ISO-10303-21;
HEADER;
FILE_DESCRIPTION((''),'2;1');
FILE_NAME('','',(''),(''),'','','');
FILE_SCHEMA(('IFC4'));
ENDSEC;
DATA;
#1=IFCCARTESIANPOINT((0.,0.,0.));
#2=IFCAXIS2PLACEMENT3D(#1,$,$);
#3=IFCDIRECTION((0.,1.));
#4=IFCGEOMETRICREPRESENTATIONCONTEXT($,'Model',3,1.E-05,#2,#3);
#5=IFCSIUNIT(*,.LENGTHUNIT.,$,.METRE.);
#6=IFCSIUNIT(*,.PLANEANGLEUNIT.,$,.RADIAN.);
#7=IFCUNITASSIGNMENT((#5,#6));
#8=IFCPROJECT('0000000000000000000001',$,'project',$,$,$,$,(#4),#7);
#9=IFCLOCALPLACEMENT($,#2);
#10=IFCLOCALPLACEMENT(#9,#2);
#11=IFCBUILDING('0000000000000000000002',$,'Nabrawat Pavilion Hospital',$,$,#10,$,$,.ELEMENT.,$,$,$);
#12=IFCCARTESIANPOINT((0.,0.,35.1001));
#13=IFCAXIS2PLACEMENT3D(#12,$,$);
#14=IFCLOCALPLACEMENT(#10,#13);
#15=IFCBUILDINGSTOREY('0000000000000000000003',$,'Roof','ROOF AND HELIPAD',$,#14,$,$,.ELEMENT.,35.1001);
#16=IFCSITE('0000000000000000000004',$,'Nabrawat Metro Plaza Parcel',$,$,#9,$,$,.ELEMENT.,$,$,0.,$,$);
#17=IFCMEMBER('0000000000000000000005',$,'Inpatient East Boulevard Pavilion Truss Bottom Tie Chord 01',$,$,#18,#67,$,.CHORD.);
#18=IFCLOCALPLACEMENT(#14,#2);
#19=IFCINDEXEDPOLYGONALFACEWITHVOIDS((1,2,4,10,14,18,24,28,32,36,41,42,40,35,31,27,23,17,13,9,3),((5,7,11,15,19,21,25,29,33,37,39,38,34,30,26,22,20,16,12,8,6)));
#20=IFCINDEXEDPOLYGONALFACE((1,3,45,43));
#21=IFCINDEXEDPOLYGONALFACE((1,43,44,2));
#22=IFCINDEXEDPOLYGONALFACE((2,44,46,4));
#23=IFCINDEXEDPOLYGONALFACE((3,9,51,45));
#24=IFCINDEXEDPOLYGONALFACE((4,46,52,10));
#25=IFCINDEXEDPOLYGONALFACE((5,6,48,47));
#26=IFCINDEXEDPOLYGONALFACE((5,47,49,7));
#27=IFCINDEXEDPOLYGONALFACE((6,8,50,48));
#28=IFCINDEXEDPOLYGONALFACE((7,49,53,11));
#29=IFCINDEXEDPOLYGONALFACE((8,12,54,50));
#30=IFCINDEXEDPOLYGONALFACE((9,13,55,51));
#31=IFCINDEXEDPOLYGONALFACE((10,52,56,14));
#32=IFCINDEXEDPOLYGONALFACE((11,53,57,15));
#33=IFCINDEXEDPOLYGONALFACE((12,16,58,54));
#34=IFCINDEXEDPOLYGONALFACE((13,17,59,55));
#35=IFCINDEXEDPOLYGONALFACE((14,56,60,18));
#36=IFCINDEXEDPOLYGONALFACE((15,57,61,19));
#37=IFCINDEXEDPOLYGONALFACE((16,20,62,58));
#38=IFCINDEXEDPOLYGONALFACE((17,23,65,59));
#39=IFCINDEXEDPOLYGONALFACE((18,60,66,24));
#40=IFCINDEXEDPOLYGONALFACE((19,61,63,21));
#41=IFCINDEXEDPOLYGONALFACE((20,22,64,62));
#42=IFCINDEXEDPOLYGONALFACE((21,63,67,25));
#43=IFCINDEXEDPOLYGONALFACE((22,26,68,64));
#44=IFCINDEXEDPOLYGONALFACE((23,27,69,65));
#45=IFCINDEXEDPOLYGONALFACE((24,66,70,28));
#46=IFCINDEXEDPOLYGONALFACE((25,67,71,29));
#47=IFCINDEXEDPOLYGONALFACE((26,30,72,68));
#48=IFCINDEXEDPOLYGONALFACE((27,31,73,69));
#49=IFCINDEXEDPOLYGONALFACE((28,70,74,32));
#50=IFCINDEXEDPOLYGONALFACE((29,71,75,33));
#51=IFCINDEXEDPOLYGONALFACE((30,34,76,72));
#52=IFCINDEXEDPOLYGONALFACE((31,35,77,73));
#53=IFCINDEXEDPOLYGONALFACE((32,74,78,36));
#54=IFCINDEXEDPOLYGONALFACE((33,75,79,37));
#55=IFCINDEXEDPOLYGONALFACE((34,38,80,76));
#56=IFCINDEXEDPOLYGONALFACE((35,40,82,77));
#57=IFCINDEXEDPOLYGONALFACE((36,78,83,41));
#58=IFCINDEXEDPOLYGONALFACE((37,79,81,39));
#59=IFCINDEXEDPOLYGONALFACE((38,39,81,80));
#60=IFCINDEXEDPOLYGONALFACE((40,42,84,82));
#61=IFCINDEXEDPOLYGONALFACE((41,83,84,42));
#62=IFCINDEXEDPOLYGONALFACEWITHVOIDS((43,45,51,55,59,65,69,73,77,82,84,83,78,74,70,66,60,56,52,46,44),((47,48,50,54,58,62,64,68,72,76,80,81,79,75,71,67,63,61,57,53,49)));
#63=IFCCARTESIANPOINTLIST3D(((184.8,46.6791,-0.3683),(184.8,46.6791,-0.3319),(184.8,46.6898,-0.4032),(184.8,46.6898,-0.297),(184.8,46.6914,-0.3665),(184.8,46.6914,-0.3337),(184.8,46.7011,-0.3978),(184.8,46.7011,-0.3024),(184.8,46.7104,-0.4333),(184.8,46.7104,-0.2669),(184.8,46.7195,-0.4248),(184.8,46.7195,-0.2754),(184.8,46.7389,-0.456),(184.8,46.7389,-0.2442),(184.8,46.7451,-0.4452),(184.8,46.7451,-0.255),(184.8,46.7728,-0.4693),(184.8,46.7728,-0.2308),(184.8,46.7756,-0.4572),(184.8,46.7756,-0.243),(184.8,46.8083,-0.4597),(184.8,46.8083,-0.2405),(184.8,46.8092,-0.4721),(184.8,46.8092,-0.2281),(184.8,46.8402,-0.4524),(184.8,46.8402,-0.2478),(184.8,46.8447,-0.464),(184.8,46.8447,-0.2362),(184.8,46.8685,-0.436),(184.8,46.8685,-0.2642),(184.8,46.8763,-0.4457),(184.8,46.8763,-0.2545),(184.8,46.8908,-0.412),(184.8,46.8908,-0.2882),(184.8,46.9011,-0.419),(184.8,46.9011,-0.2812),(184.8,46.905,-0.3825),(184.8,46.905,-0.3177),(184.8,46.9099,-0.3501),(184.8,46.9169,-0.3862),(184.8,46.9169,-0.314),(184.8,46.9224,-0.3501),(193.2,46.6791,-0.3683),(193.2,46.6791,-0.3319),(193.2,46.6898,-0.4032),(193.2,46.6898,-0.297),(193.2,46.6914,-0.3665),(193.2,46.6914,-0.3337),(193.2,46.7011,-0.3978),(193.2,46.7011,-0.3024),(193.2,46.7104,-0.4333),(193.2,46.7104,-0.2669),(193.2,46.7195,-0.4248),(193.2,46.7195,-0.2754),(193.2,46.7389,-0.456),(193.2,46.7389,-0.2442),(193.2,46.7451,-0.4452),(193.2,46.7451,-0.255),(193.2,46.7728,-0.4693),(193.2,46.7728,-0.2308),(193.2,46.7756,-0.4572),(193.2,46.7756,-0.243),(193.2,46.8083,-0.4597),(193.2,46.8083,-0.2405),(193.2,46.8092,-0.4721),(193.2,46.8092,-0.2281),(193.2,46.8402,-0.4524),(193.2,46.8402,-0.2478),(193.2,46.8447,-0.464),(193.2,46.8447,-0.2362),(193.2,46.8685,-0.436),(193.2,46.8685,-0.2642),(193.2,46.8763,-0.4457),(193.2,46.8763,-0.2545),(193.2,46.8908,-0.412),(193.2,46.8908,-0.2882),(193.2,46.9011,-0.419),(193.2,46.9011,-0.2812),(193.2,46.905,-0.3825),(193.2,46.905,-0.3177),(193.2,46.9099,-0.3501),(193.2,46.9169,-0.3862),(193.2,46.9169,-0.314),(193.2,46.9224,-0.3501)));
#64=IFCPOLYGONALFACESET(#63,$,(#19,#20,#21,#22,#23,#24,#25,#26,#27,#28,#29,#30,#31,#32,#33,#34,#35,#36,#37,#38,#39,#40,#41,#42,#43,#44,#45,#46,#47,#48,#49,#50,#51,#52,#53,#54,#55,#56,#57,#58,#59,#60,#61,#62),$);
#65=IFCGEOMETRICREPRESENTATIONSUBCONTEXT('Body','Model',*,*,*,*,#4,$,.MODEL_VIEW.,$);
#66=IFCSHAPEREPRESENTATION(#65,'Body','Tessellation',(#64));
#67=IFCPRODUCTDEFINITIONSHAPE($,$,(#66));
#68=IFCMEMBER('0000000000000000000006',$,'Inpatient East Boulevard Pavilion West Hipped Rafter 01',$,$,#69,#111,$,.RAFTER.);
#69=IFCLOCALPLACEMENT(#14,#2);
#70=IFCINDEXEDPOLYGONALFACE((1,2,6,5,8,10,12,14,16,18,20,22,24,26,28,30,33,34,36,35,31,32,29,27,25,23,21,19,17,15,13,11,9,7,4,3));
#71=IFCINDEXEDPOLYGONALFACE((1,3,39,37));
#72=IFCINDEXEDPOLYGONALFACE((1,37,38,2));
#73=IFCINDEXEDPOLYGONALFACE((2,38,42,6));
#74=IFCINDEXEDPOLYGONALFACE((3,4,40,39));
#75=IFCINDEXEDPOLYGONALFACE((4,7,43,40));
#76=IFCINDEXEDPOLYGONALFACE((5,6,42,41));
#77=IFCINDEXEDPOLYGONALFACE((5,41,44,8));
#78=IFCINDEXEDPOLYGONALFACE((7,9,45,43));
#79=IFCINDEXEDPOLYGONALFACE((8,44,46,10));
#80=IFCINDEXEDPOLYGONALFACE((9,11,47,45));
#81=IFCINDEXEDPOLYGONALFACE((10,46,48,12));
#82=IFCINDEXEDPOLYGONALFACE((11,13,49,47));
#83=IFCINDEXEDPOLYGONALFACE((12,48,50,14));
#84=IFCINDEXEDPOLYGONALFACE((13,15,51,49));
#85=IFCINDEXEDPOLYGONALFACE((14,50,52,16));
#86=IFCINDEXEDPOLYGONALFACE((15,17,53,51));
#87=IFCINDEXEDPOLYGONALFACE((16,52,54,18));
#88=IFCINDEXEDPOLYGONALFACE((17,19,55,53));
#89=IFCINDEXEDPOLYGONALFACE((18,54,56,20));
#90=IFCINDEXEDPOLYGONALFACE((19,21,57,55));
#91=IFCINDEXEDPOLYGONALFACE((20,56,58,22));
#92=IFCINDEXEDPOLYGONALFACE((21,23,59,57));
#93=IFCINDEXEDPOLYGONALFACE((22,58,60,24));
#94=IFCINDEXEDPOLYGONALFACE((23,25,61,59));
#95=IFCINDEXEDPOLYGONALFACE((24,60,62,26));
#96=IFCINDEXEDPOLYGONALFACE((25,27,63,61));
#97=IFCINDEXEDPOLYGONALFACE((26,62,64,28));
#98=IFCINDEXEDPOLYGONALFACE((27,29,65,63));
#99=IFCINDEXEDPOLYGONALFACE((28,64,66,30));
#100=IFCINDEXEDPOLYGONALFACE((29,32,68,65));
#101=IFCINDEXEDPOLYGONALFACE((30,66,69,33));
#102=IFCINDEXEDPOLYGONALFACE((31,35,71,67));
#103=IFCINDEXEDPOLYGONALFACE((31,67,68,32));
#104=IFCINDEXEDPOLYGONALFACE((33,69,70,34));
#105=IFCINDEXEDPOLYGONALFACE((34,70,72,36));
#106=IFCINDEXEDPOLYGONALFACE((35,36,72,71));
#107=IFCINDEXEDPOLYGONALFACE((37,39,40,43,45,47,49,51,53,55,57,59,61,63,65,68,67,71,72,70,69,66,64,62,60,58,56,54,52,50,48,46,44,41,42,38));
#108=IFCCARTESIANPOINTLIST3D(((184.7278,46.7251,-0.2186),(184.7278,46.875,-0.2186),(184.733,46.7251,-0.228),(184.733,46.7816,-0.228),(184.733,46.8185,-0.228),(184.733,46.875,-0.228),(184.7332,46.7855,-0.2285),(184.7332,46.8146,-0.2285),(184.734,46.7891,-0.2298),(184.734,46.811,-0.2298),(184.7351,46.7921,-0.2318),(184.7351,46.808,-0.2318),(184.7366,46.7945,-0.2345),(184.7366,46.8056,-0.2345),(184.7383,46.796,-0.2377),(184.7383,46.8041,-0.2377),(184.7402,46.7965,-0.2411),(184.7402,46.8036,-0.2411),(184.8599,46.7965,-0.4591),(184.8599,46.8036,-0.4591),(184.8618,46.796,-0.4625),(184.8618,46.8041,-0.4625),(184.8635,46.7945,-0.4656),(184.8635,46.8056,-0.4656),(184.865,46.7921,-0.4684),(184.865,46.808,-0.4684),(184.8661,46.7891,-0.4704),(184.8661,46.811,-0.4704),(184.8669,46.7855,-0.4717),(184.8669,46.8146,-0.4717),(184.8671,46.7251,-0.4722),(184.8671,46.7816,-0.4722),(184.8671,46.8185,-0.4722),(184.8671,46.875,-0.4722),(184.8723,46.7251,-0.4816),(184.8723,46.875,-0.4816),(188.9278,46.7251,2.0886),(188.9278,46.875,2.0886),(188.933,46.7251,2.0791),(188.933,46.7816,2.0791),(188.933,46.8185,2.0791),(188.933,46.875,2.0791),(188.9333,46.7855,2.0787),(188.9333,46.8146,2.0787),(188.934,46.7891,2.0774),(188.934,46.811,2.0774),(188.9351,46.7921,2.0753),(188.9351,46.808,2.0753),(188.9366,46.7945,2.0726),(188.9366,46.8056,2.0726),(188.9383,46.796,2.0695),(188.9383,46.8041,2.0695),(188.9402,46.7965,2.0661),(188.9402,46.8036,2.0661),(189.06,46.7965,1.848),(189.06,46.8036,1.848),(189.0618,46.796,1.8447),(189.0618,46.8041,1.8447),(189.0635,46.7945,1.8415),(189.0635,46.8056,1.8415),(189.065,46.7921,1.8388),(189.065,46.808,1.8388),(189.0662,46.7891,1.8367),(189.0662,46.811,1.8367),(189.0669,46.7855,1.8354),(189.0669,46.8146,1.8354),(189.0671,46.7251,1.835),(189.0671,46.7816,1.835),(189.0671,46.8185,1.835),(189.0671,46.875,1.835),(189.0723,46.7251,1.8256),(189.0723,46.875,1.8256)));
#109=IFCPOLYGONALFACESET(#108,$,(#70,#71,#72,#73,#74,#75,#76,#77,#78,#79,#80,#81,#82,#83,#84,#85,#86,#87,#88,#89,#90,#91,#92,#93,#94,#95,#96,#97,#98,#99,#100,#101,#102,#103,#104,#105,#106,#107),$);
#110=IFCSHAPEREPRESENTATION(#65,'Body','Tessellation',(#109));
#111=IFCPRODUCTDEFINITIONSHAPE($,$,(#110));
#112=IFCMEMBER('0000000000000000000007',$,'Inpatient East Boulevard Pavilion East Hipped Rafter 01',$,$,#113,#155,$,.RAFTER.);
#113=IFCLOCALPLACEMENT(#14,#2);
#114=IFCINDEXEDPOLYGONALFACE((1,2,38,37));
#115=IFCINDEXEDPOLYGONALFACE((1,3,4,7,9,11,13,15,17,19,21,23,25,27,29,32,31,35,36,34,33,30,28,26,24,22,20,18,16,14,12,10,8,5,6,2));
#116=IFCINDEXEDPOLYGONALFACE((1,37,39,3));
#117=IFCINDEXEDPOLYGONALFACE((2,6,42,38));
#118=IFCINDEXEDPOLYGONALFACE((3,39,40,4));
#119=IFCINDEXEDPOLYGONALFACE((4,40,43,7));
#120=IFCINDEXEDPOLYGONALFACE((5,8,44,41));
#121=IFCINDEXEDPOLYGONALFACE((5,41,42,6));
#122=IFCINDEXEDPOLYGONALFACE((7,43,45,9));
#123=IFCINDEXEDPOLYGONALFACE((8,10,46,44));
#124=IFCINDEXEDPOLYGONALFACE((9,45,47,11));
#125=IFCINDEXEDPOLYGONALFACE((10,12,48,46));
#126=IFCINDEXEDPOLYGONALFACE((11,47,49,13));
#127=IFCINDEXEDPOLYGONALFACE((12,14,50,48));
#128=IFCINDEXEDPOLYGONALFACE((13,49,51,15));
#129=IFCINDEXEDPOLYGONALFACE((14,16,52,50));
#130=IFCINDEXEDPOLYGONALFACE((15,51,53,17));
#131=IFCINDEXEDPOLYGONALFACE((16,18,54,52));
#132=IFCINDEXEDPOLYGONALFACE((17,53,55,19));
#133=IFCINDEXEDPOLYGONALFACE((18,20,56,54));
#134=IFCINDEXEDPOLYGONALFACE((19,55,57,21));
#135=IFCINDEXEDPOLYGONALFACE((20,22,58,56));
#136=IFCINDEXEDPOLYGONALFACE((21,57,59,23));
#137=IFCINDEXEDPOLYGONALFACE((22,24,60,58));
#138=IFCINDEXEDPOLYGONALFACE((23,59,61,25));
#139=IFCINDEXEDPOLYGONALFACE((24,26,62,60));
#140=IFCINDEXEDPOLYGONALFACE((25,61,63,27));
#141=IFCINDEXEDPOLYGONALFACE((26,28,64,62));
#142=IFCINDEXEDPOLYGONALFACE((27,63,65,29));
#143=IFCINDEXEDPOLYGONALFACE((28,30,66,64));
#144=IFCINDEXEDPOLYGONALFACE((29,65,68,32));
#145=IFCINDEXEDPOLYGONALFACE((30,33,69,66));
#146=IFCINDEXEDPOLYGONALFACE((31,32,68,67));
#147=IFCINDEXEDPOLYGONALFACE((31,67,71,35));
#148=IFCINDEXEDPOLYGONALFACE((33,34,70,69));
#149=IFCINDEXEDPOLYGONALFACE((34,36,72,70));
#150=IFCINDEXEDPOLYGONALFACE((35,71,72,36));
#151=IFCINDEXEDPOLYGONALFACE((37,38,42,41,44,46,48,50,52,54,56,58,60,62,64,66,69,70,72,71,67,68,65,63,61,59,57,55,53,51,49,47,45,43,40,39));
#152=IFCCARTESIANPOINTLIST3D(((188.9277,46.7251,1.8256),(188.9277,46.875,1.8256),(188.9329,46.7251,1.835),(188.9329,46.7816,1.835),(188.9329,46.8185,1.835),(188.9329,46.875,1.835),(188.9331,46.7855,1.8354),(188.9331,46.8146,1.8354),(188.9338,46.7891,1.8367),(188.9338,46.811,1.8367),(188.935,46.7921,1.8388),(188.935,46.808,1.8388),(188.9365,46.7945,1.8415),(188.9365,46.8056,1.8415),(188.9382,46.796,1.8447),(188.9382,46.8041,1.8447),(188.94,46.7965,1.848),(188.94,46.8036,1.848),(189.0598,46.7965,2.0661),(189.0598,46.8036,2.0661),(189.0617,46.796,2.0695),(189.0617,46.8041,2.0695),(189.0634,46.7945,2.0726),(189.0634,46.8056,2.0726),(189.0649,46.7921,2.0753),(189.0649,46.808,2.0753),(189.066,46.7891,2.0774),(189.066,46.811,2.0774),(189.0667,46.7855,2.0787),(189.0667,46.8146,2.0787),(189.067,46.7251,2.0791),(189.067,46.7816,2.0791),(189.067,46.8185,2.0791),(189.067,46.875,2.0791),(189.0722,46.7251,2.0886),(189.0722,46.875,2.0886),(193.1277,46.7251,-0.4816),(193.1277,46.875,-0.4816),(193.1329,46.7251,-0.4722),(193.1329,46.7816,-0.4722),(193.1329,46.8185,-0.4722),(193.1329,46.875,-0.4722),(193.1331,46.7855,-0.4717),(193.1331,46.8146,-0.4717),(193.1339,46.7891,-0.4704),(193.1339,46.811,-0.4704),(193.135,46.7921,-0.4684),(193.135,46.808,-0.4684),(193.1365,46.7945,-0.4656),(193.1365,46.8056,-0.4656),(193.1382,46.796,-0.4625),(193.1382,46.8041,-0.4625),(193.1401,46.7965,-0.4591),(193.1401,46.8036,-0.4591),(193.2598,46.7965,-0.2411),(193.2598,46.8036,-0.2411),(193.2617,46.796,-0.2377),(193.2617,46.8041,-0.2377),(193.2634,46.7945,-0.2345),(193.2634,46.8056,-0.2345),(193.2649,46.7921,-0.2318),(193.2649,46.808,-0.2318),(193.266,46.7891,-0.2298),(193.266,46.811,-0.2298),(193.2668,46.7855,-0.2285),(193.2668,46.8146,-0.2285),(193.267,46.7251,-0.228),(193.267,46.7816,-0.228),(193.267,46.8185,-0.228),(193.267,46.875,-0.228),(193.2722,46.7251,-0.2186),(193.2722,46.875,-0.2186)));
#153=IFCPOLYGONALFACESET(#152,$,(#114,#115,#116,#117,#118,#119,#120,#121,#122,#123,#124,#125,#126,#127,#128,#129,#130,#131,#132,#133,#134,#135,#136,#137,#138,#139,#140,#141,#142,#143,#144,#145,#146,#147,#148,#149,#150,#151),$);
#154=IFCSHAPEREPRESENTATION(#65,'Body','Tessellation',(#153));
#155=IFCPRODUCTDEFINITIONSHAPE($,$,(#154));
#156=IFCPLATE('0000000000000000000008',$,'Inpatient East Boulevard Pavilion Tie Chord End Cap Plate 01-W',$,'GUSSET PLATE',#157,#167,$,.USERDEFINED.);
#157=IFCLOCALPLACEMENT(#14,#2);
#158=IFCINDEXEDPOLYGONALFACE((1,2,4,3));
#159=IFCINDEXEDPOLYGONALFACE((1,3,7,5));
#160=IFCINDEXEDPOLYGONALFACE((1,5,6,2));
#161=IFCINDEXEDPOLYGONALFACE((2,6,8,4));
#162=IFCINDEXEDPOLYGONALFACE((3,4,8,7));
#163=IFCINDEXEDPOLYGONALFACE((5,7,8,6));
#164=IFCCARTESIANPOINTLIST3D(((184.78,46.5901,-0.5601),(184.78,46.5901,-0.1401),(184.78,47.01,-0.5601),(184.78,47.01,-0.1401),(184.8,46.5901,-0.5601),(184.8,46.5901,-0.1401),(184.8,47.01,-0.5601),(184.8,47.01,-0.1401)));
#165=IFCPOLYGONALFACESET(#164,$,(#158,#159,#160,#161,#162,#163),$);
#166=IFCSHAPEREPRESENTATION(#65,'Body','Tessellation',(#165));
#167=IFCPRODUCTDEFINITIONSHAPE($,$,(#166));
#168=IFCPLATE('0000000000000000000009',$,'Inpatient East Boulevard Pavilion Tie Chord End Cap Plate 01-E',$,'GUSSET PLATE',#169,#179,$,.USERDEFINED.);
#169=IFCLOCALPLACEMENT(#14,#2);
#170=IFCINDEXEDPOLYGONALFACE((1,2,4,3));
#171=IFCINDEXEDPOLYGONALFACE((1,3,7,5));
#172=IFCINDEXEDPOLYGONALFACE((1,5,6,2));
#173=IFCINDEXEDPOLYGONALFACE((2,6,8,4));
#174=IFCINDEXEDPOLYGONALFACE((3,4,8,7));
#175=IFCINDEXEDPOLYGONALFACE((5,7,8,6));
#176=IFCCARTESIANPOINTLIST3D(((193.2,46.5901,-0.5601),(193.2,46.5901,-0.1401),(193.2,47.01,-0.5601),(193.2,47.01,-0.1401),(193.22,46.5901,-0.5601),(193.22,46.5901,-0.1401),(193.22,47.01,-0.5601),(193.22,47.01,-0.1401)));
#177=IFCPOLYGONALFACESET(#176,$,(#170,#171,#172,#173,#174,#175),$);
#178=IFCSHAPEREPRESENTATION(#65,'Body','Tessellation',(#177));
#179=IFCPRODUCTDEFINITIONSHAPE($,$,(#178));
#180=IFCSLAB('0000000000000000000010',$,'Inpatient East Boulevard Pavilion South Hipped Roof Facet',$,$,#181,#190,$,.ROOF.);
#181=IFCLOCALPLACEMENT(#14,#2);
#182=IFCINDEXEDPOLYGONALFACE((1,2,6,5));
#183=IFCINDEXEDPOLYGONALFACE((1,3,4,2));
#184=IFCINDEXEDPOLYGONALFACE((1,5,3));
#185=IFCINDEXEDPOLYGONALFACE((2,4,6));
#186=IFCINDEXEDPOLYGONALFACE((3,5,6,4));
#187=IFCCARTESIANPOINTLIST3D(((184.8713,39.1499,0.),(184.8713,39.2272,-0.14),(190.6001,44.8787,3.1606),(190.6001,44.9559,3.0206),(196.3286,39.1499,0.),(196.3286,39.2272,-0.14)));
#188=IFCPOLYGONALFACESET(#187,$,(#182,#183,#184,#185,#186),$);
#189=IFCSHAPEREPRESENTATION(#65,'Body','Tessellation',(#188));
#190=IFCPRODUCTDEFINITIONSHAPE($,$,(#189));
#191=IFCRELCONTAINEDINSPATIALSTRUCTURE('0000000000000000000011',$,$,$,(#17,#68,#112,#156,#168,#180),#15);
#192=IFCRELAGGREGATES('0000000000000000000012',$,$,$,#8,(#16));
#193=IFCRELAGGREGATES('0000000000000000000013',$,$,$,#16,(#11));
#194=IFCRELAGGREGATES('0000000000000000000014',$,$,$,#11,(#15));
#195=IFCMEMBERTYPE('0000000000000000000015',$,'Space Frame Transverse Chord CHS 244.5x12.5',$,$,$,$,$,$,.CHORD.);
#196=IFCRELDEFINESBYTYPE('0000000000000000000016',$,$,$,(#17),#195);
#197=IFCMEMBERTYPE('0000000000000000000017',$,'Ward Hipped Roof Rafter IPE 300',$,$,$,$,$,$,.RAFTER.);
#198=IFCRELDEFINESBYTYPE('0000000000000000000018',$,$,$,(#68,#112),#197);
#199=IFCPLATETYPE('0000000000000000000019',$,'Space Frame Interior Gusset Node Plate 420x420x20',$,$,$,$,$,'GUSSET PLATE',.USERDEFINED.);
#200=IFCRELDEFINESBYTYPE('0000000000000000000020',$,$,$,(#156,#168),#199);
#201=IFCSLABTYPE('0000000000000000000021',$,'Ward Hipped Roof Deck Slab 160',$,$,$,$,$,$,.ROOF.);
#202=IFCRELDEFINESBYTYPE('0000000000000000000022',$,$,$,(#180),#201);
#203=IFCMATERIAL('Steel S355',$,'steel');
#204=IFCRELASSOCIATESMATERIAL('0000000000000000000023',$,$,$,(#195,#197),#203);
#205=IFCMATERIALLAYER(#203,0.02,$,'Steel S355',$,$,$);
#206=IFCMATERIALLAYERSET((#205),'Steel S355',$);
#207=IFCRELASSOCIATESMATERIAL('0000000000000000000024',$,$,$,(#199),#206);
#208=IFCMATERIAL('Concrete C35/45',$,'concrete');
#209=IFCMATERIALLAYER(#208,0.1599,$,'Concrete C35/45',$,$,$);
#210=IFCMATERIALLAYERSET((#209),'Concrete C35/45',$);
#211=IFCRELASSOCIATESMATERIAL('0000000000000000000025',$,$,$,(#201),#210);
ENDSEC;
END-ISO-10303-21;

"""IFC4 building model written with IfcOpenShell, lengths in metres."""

from ifc_helpers import new_model, si_unit, direction, frame, origin, origin_2d, place, context, subcontext, project, spatial, polyline, rectangle, hollow_circle, i_section, outline, extrude, material, layer, layer_set, material_profile, profile_set, type_object, element, save


model = new_model("IFC4")

# Units and contexts
model_context = context("Model", 3, precision=1e-05, world=origin(), true_north=direction((0.0, 1.0)))
body_context = subcontext(model_context, "Body", "Model", "MODEL_VIEW")
ifc_project = project(units=[si_unit("LENGTHUNIT", "METRE"), si_unit("PLANEANGLEUNIT", "RADIAN")], contexts=[model_context])

# Site, building, storey
site_placement = place(None, origin())
site = spatial("IfcSite", under=ifc_project, at=site_placement, Name="Nabrawat Metro Plaza Parcel", CompositionType="ELEMENT", RefElevation=0.0)
building_placement = place(site_placement, origin())
building = spatial("IfcBuilding", under=site, at=building_placement, Name="Nabrawat Pavilion Hospital", CompositionType="ELEMENT")
storey_placement = place(building_placement, frame((0.0, 0.0, 35.1001)))
storey = spatial("IfcBuildingStorey", under=building, at=storey_placement, Name="Roof", Description="ROOF AND HELIPAD", CompositionType="ELEMENT", Elevation=35.1001)

# Shared definitions
ifc_material_1 = material(Name="Steel S355", Category="steel")

# Members
ifc_material_profile_1 = material_profile(ifc_material_1, hollow_circle(Radius=0.1223, WallThickness=0.0125, at=origin_2d()), Name="CHS 244.5x12.5")
ifc_profile_set_1 = profile_set([ifc_material_profile_1], Name="Steel S355")
member_type_1 = type_object("IfcMemberType", Name="Space Frame Transverse Chord CHS 244.5x12.5", PredefinedType="CHORD", material=ifc_profile_set_1)
member_1_placement = place(storey_placement, frame((184.8, 46.8, -0.3501), z_axis=(1.0, 0.0, 0.0), x_axis=(0.0, 1.0, 0.0)))
element("IfcMember", 1, at=member_1_placement, inside=storey, type_object=member_type_1, Name="Inpatient East Boulevard Pavilion Truss Bottom Tie Chord 01", PredefinedType="CHORD", context=body_context, shape_type="SweptSolid", body=[
    extrude(hollow_circle(Radius=0.1223, WallThickness=0.0125, at=origin_2d()), origin(), (0.0, 0.0, 1.0), 8.3999),
])
ifc_material_profile_2 = material_profile(ifc_material_1, i_section(OverallWidth=0.1499, OverallDepth=0.3, WebThickness=0.0071, FlangeThickness=0.0107, FilletRadius=0.0149, at=origin_2d()), Name="IPE 300")
ifc_profile_set_2 = profile_set([ifc_material_profile_2], Name="Steel S355")
member_type_2 = type_object("IfcMemberType", Name="Ward Hipped Roof Rafter IPE 300", PredefinedType="RAFTER", material=ifc_profile_set_2)
for number, where, z_axis, x_axis, name in (
    (2, (184.8, 46.8, -0.3501), (0.876466, 0.0, 0.481463), (0.0, 1.0, 0.0), "Inpatient East Boulevard Pavilion West Hipped Rafter 01"),
    (3, (193.2, 46.8, -0.3501), (-0.876466, 0.0, 0.481463), (0.0, -1.0, 0.0), "Inpatient East Boulevard Pavilion East Hipped Rafter 01"),
):
    element("IfcMember", number, at=place(storey_placement, frame(where, z_axis=z_axis, x_axis=x_axis)), inside=storey, type_object=member_type_2, Name=name, PredefinedType="RAFTER", context=body_context, shape_type="SweptSolid", body=[
        extrude(i_section(OverallWidth=0.1499, OverallDepth=0.3, WebThickness=0.0071, FlangeThickness=0.0107, FilletRadius=0.0149, at=origin_2d()), origin(), (0.0, 0.0, 1.0), 4.792),
    ])

# Plates
ifc_layer_1 = layer(ifc_material_1, 0.02, Name="Steel S355")
ifc_layer_set_1 = layer_set([ifc_layer_1], Name="Steel S355")
plate_type = type_object("IfcPlateType", Name="Space Frame Interior Gusset Node Plate 420x420x20", ElementType="GUSSET PLATE", PredefinedType="USERDEFINED", material=ifc_layer_set_1)
for number, where, z_axis, x_axis, name in (
    (4, (184.79, 46.8, -0.5601), (0.0, 0.0, 1.0), (1.0, 0.0, 0.0), "Inpatient East Boulevard Pavilion Tie Chord End Cap Plate 01-W"),
    (5, (193.21, 46.8, -0.5601), (0.0, 0.0, 1.0), (1.0, 0.0, 0.0), "Inpatient East Boulevard Pavilion Tie Chord End Cap Plate 01-E"),
):
    element("IfcPlate", number, at=place(storey_placement, frame(where, z_axis=z_axis, x_axis=x_axis)), inside=storey, type_object=plate_type, Name=name, ObjectType="GUSSET PLATE", PredefinedType="USERDEFINED", context=body_context, shape_type="SweptSolid", body=[
        extrude(rectangle(XDim=0.02, YDim=0.4199, at=origin_2d()), origin(), (0.0, 0.0, 1.0), 0.4199),
    ])

# Slab
ifc_material_2 = material(Name="Concrete C35/45", Category="concrete")
ifc_layer_2 = layer(ifc_material_2, 0.1599, Name="Concrete C35/45")
ifc_layer_set_2 = layer_set([ifc_layer_2], Name="Concrete C35/45")
slab_type = type_object("IfcSlabType", Name="Ward Hipped Roof Deck Slab 160", PredefinedType="ROOF", material=ifc_layer_set_2)
slab_placement = place(storey_placement, frame((184.8713, 39.1499, 0.0), z_axis=(0.0, -0.483071, 0.875581), x_axis=(1.0, 0.0, 0.0)))
element("IfcSlab", 6, at=slab_placement, inside=storey, type_object=slab_type, Name="Inpatient East Boulevard Pavilion South Hipped Roof Facet", PredefinedType="ROOF", context=body_context, shape_type="SweptSolid", body=[
    extrude(outline(polyline([(0.0, 0.0), (11.4573, 0.0), (5.7288, 6.5428), (0.0, 0.0)])), origin(), (0.0, 0.0, -1.0), 0.1599),
])

save(model, "model.ifc")
